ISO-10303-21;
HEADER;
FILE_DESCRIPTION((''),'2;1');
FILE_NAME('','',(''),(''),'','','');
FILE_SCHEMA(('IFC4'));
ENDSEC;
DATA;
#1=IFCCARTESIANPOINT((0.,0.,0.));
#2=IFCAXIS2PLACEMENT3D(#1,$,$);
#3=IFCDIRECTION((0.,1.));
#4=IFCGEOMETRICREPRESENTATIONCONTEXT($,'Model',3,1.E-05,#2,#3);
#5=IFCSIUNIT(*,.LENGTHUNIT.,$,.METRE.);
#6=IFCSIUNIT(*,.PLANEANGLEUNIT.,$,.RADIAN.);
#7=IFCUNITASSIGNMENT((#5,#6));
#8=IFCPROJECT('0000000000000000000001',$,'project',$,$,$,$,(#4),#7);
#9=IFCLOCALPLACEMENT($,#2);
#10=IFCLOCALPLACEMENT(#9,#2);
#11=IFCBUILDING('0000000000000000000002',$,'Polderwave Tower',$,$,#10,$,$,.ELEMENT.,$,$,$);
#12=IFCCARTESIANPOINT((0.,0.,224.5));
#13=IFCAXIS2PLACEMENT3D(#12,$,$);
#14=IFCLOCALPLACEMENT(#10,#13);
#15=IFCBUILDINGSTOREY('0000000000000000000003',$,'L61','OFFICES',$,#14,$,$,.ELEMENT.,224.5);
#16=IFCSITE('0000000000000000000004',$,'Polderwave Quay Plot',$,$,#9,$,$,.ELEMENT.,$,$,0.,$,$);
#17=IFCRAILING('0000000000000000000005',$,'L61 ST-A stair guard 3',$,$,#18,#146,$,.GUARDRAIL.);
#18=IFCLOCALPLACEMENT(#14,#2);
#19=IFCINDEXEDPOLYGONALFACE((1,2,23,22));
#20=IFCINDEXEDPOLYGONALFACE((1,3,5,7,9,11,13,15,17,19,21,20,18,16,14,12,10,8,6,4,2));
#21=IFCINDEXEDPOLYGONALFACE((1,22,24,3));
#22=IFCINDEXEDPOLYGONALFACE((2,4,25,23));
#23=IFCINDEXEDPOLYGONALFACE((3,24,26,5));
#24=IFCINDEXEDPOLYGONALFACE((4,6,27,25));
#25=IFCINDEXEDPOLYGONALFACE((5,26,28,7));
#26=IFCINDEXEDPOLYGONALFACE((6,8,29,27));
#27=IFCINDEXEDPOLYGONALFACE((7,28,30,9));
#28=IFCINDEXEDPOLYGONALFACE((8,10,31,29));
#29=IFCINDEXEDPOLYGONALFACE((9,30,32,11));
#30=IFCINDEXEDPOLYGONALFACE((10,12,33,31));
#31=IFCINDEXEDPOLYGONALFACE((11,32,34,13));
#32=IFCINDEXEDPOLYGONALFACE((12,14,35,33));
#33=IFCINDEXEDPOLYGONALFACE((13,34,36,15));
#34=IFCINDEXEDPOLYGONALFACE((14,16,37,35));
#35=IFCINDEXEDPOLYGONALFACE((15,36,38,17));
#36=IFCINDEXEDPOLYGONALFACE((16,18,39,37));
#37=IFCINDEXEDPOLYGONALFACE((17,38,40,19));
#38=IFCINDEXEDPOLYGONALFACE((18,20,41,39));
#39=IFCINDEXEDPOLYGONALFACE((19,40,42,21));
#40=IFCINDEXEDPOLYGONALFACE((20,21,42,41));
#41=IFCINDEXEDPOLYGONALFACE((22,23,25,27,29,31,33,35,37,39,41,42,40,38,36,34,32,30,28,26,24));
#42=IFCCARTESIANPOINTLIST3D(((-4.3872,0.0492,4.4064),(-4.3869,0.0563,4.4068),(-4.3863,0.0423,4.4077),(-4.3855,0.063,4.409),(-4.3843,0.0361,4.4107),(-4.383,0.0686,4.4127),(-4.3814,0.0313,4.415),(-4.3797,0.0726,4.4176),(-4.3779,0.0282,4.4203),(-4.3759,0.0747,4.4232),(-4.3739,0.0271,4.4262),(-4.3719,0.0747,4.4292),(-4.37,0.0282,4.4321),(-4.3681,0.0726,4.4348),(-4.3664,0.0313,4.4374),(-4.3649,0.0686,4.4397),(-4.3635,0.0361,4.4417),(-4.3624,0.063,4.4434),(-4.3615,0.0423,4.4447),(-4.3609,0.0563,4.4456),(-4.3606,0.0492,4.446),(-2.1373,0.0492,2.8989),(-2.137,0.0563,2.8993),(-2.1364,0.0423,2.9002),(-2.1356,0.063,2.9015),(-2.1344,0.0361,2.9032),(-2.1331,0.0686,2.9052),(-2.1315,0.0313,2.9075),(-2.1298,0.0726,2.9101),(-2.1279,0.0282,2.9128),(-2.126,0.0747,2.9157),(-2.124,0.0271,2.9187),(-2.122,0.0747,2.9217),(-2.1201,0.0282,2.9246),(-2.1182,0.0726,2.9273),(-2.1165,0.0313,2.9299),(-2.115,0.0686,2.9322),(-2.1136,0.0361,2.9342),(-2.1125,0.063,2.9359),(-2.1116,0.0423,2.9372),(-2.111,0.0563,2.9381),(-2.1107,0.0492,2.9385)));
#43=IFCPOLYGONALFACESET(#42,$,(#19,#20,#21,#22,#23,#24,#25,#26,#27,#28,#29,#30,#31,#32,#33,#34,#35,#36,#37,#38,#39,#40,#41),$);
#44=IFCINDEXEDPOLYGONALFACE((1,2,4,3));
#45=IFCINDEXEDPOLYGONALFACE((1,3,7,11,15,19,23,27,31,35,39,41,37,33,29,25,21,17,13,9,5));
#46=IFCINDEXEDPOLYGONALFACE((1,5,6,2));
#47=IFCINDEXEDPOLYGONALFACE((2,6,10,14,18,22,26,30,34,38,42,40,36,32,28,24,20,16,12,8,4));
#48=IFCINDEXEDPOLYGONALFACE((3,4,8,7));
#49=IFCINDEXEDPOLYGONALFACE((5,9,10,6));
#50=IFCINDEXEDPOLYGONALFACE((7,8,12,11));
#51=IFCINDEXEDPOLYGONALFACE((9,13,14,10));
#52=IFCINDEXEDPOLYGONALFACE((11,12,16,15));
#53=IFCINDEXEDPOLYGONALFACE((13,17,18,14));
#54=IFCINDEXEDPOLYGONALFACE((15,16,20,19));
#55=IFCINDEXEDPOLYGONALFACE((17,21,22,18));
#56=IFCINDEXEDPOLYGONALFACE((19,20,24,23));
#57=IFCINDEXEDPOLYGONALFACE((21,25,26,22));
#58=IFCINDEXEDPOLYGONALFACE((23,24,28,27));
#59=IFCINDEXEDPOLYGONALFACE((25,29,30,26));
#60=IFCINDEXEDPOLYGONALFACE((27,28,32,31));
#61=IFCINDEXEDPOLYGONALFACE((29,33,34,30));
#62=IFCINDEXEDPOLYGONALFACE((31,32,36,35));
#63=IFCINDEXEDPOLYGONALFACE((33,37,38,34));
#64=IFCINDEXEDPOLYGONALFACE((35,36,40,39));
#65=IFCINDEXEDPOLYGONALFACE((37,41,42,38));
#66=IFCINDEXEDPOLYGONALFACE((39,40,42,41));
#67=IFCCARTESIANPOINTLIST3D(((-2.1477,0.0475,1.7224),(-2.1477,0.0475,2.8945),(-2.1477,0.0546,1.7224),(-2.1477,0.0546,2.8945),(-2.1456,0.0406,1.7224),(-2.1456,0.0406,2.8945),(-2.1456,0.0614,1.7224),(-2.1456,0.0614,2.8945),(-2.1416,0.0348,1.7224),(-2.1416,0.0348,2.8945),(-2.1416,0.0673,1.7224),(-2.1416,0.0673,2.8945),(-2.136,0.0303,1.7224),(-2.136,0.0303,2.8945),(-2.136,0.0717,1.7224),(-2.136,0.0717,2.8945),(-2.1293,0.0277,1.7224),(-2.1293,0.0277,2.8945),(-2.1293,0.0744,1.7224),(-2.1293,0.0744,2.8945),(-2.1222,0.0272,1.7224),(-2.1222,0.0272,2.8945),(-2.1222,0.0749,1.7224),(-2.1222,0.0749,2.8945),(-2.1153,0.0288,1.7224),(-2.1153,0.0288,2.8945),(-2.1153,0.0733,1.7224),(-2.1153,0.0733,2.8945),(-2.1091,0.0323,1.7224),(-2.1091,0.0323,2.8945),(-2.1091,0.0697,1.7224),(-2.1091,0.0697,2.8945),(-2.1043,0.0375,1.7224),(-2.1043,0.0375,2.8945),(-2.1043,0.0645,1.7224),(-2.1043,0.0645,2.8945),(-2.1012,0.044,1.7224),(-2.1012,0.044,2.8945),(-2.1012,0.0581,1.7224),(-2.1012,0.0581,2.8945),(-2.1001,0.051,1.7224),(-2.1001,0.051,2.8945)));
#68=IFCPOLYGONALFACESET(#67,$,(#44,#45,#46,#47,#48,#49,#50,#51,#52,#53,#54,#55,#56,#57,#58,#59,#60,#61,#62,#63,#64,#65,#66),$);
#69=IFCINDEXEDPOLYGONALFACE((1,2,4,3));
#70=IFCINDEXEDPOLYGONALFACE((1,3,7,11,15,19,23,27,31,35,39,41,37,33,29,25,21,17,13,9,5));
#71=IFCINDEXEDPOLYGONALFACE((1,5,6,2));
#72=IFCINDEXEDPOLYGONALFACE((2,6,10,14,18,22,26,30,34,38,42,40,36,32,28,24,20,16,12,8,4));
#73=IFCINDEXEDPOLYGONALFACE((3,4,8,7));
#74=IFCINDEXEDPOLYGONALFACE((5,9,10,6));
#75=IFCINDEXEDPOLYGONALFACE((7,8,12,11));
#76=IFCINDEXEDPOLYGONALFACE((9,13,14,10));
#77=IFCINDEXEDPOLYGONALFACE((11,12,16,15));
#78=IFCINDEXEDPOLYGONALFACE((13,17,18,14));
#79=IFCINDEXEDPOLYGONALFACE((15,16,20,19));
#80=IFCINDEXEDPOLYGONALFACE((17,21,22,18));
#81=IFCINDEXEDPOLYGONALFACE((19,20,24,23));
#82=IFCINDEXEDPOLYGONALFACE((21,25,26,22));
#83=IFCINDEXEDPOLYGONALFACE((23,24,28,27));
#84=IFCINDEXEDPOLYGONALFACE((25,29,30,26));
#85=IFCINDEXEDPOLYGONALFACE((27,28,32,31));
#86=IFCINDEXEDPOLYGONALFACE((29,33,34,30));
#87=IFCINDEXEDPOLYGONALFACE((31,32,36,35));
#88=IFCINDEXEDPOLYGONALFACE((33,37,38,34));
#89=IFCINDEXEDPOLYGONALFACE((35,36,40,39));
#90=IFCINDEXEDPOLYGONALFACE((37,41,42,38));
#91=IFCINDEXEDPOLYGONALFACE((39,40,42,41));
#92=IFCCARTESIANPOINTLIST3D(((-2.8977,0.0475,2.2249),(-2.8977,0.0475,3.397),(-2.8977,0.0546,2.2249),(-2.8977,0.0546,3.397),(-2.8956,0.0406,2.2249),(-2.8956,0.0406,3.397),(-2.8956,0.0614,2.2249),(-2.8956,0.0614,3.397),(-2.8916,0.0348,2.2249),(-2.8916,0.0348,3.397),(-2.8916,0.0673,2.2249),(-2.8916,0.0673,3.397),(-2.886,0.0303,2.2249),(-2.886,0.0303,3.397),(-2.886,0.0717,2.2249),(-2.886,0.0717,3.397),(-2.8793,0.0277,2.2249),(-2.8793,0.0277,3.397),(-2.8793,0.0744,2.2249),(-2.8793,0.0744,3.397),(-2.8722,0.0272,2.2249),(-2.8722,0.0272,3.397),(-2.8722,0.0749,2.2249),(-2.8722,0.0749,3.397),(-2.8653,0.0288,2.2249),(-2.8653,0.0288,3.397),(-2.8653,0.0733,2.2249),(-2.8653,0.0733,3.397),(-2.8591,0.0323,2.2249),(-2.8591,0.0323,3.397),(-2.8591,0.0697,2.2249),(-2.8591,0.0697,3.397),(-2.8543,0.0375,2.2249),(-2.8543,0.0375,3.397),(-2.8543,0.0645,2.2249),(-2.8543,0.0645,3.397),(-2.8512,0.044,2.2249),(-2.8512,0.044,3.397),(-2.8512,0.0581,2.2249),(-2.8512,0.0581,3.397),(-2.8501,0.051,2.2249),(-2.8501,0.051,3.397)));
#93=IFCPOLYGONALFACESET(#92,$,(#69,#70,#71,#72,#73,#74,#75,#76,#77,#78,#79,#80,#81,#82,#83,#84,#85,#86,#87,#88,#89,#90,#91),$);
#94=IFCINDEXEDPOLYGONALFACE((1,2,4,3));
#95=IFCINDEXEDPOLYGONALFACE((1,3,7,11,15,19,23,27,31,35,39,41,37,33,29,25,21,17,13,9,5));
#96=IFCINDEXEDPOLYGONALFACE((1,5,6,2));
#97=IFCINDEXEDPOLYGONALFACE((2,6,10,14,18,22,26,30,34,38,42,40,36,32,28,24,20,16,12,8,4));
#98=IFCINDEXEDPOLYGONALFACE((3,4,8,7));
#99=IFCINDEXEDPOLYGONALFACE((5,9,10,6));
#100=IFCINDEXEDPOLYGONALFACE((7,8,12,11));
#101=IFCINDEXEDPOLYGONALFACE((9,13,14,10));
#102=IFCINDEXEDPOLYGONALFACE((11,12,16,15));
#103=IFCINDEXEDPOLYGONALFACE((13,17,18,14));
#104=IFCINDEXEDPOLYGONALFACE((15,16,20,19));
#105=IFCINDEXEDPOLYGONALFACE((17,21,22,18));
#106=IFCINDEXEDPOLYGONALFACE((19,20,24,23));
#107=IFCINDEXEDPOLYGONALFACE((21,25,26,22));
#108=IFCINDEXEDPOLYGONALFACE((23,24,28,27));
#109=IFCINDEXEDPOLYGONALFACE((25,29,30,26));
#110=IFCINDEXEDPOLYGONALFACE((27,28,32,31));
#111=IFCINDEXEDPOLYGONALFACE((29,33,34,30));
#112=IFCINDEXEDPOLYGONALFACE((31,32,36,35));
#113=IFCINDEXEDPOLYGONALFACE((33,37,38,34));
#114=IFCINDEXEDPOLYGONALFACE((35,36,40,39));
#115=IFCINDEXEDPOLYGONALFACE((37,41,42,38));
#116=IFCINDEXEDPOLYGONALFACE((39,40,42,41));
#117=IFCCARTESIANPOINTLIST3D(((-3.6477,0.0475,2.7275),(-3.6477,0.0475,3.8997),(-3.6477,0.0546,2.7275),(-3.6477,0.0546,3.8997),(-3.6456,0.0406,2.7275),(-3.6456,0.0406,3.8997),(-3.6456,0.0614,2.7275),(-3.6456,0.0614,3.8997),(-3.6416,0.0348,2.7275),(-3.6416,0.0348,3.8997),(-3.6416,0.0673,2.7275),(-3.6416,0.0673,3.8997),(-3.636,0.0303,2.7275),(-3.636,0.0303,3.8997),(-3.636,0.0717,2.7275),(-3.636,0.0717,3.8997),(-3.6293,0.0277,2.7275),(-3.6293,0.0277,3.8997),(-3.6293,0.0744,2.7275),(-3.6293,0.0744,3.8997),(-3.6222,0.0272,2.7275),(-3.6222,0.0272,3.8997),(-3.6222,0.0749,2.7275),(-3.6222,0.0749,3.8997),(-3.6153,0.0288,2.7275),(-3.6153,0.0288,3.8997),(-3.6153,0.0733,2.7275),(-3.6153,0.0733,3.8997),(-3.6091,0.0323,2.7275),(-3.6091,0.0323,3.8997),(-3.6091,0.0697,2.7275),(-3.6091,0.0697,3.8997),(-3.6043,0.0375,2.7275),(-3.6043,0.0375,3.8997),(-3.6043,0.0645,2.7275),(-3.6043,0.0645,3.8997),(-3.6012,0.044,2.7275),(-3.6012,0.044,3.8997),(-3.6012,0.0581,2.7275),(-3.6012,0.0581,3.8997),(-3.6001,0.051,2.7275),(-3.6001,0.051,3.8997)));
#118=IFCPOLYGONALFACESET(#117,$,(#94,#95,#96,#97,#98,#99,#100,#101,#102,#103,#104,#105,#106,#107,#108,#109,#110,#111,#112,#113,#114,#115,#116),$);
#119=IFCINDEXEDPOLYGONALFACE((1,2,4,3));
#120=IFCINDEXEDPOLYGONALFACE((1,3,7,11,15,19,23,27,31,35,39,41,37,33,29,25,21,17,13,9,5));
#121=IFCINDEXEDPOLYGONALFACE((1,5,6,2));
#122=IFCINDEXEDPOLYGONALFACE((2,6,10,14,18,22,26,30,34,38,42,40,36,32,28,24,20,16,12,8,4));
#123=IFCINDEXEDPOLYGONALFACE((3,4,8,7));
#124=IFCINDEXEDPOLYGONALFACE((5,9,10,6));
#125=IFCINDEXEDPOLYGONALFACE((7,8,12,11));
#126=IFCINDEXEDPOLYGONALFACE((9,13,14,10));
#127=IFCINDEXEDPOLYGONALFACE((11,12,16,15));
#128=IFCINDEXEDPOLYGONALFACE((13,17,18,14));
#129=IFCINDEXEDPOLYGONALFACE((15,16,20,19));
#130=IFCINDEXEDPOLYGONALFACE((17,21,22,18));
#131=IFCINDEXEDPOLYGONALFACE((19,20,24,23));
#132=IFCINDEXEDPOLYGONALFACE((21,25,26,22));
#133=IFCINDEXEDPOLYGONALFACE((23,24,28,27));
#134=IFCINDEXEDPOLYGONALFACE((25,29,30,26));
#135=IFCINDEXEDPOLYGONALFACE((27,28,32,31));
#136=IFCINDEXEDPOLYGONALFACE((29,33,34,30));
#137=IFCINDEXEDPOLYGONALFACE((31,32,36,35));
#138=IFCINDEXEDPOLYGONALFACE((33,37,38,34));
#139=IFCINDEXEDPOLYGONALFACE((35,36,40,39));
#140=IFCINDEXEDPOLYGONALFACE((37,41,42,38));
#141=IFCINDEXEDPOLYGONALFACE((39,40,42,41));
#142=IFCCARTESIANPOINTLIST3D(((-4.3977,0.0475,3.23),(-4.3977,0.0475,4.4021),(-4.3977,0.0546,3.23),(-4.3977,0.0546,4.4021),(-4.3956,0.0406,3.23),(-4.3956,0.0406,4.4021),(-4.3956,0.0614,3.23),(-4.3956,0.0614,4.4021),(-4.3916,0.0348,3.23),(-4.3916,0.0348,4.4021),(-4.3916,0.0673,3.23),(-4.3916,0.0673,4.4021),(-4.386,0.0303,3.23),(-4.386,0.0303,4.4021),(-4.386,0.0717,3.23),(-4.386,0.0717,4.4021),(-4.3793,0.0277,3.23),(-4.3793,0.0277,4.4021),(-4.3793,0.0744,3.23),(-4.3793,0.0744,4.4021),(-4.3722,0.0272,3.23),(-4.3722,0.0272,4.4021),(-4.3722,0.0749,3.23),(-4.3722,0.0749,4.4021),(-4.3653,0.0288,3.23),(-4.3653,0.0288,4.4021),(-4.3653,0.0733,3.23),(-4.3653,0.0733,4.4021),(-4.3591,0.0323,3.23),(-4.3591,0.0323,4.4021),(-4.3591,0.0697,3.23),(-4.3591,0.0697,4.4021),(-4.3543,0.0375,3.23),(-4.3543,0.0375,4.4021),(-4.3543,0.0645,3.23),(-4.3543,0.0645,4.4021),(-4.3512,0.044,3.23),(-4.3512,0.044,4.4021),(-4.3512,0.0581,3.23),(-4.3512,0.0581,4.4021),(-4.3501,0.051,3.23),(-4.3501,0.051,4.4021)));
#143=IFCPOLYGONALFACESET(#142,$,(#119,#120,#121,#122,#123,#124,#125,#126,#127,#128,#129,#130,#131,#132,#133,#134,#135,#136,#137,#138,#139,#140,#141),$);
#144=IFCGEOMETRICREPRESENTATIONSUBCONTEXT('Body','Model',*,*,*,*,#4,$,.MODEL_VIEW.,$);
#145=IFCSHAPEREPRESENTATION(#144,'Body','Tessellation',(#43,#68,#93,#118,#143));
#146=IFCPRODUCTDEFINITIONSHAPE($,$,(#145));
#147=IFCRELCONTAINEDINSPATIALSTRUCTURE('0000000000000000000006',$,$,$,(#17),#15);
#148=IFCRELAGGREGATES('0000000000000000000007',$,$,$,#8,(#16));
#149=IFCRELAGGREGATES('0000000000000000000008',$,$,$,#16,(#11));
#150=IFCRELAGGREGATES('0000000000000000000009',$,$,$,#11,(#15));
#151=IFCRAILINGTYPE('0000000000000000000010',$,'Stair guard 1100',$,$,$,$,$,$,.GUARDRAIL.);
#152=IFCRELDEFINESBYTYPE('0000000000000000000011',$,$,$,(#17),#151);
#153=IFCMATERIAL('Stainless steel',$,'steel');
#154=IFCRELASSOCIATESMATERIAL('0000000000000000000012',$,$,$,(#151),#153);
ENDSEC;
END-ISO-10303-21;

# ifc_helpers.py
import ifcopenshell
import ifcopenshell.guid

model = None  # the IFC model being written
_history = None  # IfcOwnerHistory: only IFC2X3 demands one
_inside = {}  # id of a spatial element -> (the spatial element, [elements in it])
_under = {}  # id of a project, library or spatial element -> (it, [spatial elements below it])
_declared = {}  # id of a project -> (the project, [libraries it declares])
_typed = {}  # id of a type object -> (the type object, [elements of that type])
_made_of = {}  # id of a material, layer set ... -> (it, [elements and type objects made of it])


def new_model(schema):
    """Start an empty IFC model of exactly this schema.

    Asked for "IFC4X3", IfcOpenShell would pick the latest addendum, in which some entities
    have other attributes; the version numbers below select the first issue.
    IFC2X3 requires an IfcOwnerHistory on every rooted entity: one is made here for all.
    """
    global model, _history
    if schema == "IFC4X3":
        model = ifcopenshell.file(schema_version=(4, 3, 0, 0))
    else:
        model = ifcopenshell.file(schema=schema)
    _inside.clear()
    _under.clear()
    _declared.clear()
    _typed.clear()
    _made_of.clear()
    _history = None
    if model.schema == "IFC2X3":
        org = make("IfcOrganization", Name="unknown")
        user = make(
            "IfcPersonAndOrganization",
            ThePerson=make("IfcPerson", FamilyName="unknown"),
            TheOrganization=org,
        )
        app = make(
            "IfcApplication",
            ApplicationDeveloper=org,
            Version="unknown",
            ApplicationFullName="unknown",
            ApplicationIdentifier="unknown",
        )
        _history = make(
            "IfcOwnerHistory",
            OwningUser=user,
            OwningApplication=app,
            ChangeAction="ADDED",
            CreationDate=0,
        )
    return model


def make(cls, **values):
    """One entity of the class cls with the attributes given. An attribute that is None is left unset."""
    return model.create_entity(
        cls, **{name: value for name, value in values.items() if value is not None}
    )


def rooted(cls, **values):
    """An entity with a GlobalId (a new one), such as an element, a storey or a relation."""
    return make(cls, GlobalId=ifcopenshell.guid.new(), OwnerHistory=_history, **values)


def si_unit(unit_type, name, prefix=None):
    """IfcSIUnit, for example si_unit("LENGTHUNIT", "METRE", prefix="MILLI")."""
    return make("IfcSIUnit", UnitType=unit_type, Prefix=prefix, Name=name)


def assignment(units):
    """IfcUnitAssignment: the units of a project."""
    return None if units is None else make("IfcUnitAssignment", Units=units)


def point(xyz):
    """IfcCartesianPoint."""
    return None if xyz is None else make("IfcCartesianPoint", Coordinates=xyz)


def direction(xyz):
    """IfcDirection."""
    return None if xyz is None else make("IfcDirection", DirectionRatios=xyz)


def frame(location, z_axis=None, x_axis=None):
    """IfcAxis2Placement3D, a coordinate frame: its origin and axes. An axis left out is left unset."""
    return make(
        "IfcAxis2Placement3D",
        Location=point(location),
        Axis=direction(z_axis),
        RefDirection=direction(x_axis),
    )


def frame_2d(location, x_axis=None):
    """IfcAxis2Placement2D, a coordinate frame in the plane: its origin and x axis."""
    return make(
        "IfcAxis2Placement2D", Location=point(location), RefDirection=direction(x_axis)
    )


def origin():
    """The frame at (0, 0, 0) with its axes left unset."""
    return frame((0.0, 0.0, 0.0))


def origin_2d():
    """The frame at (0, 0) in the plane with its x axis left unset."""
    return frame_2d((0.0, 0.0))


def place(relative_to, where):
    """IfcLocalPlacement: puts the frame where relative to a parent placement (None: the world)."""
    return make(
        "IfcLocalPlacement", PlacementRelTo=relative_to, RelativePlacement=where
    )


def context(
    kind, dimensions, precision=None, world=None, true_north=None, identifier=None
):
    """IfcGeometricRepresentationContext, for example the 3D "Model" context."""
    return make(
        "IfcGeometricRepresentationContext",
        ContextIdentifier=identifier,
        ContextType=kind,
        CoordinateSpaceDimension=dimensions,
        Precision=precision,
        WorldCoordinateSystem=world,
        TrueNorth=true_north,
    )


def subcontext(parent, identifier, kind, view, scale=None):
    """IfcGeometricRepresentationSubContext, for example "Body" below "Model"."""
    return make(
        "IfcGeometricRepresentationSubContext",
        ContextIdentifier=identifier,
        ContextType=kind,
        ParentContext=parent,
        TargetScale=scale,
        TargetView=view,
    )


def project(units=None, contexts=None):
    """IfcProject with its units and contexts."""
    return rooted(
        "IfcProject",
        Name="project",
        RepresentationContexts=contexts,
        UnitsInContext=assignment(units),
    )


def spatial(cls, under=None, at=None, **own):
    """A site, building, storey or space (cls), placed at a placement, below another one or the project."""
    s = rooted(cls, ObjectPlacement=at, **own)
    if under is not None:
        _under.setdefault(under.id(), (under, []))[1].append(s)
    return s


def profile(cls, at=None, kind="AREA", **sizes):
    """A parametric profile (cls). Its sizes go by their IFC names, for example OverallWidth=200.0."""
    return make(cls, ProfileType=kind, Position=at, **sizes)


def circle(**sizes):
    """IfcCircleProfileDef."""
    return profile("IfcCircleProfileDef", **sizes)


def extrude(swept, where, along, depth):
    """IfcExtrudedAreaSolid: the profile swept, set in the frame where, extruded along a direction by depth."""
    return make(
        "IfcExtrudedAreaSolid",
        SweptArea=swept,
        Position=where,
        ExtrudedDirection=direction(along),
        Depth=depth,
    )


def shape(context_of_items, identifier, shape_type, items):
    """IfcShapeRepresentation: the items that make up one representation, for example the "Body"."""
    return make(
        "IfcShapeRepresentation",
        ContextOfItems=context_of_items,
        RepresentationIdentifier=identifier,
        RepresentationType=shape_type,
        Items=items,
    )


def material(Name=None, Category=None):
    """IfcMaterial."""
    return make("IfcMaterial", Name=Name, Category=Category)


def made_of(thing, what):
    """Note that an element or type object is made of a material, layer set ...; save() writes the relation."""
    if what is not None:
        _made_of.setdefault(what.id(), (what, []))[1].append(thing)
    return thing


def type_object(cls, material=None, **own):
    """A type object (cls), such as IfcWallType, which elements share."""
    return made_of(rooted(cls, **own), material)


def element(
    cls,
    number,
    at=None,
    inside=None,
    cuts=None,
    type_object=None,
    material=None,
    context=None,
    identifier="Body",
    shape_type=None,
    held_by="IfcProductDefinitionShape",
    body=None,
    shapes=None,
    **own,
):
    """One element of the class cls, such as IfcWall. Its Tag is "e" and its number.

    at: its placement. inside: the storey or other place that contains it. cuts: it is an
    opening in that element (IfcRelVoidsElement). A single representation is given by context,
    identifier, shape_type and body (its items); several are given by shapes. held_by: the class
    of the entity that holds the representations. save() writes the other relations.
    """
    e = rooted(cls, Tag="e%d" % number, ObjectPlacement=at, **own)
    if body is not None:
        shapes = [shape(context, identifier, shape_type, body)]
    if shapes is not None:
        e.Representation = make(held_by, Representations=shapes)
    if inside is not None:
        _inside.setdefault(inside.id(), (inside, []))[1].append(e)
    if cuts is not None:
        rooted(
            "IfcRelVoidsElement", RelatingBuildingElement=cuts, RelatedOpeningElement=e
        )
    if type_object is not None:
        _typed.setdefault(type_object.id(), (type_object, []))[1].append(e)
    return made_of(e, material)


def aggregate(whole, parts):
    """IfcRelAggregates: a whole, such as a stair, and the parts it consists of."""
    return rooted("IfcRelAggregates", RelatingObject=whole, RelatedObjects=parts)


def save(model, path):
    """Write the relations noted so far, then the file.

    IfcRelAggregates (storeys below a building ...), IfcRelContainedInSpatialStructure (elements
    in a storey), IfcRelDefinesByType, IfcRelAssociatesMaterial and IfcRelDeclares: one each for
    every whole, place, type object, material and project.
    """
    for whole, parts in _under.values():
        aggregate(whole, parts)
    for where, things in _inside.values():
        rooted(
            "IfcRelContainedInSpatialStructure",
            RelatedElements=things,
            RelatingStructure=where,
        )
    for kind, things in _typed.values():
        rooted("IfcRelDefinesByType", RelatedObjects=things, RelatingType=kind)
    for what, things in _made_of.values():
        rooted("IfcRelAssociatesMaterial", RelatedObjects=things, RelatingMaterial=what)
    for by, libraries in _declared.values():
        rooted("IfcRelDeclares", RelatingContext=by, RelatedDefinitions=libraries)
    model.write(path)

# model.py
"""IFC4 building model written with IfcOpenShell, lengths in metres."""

from ifc_helpers import new_model, si_unit, direction, frame, origin, origin_2d, place, context, subcontext, project, spatial, circle, extrude, material, type_object, element, save


model = new_model("IFC4")

# Units and contexts
model_context = context("Model", 3, precision=1e-05, world=origin(), true_north=direction((0.0, 1.0)))
body_context = subcontext(model_context, "Body", "Model", "MODEL_VIEW")
ifc_project = project(units=[si_unit("LENGTHUNIT", "METRE"), si_unit("PLANEANGLEUNIT", "RADIAN")], contexts=[model_context])

# Site, building, storey
site_placement = place(None, origin())
site = spatial("IfcSite", under=ifc_project, at=site_placement, Name="Polderwave Quay Plot", CompositionType="ELEMENT", RefElevation=0.0)
building_placement = place(site_placement, origin())
building = spatial("IfcBuilding", under=site, at=building_placement, Name="Polderwave Tower", CompositionType="ELEMENT")
storey_placement = place(building_placement, frame((0.0, 0.0, 224.5)))
storey = spatial("IfcBuildingStorey", under=building, at=storey_placement, Name="L61", Description="OFFICES", CompositionType="ELEMENT", Elevation=224.5)

# Shared definitions
ifc_material_1 = material(Name="Stainless steel", Category="steel")

# Railing
railing_type_1 = type_object("IfcRailingType", Name="Stair guard 1100", PredefinedType="GUARDRAIL", material=ifc_material_1)
railing_1_placement = place(storey_placement, frame((-2.124, 0.051, 1.7224)))
element("IfcRailing", 1, at=railing_1_placement, inside=storey, type_object=railing_type_1, Name="L61 ST-A stair guard 3", PredefinedType="GUARDRAIL", context=body_context, shape_type="SweptSolid", body=[
    extrude(circle(Radius=0.0239, at=origin_2d()), frame((0.0, 0.0, 1.1963), z_axis=(-0.830758, 0.0, 0.556633), x_axis=(0.0, -1.0, 0.0)), (0.0, 0.0, 1.0), 2.7083),
    extrude(circle(Radius=0.0239, at=origin_2d()), origin(), (0.0, 0.0, 1.0), 1.1721),
    extrude(circle(Radius=0.0239, at=origin_2d()), frame((-0.75, 0.0, 0.5024)), (0.0, 0.0, 1.0), 1.1721),
    extrude(circle(Radius=0.0239, at=origin_2d()), frame((-1.5, 0.0, 1.0051)), (0.0, 0.0, 1.0), 1.1721),
    extrude(circle(Radius=0.0239, at=origin_2d()), frame((-2.25, 0.0, 1.5076)), (0.0, 0.0, 1.0), 1.1721),
])

save(model, "model.ifc")
